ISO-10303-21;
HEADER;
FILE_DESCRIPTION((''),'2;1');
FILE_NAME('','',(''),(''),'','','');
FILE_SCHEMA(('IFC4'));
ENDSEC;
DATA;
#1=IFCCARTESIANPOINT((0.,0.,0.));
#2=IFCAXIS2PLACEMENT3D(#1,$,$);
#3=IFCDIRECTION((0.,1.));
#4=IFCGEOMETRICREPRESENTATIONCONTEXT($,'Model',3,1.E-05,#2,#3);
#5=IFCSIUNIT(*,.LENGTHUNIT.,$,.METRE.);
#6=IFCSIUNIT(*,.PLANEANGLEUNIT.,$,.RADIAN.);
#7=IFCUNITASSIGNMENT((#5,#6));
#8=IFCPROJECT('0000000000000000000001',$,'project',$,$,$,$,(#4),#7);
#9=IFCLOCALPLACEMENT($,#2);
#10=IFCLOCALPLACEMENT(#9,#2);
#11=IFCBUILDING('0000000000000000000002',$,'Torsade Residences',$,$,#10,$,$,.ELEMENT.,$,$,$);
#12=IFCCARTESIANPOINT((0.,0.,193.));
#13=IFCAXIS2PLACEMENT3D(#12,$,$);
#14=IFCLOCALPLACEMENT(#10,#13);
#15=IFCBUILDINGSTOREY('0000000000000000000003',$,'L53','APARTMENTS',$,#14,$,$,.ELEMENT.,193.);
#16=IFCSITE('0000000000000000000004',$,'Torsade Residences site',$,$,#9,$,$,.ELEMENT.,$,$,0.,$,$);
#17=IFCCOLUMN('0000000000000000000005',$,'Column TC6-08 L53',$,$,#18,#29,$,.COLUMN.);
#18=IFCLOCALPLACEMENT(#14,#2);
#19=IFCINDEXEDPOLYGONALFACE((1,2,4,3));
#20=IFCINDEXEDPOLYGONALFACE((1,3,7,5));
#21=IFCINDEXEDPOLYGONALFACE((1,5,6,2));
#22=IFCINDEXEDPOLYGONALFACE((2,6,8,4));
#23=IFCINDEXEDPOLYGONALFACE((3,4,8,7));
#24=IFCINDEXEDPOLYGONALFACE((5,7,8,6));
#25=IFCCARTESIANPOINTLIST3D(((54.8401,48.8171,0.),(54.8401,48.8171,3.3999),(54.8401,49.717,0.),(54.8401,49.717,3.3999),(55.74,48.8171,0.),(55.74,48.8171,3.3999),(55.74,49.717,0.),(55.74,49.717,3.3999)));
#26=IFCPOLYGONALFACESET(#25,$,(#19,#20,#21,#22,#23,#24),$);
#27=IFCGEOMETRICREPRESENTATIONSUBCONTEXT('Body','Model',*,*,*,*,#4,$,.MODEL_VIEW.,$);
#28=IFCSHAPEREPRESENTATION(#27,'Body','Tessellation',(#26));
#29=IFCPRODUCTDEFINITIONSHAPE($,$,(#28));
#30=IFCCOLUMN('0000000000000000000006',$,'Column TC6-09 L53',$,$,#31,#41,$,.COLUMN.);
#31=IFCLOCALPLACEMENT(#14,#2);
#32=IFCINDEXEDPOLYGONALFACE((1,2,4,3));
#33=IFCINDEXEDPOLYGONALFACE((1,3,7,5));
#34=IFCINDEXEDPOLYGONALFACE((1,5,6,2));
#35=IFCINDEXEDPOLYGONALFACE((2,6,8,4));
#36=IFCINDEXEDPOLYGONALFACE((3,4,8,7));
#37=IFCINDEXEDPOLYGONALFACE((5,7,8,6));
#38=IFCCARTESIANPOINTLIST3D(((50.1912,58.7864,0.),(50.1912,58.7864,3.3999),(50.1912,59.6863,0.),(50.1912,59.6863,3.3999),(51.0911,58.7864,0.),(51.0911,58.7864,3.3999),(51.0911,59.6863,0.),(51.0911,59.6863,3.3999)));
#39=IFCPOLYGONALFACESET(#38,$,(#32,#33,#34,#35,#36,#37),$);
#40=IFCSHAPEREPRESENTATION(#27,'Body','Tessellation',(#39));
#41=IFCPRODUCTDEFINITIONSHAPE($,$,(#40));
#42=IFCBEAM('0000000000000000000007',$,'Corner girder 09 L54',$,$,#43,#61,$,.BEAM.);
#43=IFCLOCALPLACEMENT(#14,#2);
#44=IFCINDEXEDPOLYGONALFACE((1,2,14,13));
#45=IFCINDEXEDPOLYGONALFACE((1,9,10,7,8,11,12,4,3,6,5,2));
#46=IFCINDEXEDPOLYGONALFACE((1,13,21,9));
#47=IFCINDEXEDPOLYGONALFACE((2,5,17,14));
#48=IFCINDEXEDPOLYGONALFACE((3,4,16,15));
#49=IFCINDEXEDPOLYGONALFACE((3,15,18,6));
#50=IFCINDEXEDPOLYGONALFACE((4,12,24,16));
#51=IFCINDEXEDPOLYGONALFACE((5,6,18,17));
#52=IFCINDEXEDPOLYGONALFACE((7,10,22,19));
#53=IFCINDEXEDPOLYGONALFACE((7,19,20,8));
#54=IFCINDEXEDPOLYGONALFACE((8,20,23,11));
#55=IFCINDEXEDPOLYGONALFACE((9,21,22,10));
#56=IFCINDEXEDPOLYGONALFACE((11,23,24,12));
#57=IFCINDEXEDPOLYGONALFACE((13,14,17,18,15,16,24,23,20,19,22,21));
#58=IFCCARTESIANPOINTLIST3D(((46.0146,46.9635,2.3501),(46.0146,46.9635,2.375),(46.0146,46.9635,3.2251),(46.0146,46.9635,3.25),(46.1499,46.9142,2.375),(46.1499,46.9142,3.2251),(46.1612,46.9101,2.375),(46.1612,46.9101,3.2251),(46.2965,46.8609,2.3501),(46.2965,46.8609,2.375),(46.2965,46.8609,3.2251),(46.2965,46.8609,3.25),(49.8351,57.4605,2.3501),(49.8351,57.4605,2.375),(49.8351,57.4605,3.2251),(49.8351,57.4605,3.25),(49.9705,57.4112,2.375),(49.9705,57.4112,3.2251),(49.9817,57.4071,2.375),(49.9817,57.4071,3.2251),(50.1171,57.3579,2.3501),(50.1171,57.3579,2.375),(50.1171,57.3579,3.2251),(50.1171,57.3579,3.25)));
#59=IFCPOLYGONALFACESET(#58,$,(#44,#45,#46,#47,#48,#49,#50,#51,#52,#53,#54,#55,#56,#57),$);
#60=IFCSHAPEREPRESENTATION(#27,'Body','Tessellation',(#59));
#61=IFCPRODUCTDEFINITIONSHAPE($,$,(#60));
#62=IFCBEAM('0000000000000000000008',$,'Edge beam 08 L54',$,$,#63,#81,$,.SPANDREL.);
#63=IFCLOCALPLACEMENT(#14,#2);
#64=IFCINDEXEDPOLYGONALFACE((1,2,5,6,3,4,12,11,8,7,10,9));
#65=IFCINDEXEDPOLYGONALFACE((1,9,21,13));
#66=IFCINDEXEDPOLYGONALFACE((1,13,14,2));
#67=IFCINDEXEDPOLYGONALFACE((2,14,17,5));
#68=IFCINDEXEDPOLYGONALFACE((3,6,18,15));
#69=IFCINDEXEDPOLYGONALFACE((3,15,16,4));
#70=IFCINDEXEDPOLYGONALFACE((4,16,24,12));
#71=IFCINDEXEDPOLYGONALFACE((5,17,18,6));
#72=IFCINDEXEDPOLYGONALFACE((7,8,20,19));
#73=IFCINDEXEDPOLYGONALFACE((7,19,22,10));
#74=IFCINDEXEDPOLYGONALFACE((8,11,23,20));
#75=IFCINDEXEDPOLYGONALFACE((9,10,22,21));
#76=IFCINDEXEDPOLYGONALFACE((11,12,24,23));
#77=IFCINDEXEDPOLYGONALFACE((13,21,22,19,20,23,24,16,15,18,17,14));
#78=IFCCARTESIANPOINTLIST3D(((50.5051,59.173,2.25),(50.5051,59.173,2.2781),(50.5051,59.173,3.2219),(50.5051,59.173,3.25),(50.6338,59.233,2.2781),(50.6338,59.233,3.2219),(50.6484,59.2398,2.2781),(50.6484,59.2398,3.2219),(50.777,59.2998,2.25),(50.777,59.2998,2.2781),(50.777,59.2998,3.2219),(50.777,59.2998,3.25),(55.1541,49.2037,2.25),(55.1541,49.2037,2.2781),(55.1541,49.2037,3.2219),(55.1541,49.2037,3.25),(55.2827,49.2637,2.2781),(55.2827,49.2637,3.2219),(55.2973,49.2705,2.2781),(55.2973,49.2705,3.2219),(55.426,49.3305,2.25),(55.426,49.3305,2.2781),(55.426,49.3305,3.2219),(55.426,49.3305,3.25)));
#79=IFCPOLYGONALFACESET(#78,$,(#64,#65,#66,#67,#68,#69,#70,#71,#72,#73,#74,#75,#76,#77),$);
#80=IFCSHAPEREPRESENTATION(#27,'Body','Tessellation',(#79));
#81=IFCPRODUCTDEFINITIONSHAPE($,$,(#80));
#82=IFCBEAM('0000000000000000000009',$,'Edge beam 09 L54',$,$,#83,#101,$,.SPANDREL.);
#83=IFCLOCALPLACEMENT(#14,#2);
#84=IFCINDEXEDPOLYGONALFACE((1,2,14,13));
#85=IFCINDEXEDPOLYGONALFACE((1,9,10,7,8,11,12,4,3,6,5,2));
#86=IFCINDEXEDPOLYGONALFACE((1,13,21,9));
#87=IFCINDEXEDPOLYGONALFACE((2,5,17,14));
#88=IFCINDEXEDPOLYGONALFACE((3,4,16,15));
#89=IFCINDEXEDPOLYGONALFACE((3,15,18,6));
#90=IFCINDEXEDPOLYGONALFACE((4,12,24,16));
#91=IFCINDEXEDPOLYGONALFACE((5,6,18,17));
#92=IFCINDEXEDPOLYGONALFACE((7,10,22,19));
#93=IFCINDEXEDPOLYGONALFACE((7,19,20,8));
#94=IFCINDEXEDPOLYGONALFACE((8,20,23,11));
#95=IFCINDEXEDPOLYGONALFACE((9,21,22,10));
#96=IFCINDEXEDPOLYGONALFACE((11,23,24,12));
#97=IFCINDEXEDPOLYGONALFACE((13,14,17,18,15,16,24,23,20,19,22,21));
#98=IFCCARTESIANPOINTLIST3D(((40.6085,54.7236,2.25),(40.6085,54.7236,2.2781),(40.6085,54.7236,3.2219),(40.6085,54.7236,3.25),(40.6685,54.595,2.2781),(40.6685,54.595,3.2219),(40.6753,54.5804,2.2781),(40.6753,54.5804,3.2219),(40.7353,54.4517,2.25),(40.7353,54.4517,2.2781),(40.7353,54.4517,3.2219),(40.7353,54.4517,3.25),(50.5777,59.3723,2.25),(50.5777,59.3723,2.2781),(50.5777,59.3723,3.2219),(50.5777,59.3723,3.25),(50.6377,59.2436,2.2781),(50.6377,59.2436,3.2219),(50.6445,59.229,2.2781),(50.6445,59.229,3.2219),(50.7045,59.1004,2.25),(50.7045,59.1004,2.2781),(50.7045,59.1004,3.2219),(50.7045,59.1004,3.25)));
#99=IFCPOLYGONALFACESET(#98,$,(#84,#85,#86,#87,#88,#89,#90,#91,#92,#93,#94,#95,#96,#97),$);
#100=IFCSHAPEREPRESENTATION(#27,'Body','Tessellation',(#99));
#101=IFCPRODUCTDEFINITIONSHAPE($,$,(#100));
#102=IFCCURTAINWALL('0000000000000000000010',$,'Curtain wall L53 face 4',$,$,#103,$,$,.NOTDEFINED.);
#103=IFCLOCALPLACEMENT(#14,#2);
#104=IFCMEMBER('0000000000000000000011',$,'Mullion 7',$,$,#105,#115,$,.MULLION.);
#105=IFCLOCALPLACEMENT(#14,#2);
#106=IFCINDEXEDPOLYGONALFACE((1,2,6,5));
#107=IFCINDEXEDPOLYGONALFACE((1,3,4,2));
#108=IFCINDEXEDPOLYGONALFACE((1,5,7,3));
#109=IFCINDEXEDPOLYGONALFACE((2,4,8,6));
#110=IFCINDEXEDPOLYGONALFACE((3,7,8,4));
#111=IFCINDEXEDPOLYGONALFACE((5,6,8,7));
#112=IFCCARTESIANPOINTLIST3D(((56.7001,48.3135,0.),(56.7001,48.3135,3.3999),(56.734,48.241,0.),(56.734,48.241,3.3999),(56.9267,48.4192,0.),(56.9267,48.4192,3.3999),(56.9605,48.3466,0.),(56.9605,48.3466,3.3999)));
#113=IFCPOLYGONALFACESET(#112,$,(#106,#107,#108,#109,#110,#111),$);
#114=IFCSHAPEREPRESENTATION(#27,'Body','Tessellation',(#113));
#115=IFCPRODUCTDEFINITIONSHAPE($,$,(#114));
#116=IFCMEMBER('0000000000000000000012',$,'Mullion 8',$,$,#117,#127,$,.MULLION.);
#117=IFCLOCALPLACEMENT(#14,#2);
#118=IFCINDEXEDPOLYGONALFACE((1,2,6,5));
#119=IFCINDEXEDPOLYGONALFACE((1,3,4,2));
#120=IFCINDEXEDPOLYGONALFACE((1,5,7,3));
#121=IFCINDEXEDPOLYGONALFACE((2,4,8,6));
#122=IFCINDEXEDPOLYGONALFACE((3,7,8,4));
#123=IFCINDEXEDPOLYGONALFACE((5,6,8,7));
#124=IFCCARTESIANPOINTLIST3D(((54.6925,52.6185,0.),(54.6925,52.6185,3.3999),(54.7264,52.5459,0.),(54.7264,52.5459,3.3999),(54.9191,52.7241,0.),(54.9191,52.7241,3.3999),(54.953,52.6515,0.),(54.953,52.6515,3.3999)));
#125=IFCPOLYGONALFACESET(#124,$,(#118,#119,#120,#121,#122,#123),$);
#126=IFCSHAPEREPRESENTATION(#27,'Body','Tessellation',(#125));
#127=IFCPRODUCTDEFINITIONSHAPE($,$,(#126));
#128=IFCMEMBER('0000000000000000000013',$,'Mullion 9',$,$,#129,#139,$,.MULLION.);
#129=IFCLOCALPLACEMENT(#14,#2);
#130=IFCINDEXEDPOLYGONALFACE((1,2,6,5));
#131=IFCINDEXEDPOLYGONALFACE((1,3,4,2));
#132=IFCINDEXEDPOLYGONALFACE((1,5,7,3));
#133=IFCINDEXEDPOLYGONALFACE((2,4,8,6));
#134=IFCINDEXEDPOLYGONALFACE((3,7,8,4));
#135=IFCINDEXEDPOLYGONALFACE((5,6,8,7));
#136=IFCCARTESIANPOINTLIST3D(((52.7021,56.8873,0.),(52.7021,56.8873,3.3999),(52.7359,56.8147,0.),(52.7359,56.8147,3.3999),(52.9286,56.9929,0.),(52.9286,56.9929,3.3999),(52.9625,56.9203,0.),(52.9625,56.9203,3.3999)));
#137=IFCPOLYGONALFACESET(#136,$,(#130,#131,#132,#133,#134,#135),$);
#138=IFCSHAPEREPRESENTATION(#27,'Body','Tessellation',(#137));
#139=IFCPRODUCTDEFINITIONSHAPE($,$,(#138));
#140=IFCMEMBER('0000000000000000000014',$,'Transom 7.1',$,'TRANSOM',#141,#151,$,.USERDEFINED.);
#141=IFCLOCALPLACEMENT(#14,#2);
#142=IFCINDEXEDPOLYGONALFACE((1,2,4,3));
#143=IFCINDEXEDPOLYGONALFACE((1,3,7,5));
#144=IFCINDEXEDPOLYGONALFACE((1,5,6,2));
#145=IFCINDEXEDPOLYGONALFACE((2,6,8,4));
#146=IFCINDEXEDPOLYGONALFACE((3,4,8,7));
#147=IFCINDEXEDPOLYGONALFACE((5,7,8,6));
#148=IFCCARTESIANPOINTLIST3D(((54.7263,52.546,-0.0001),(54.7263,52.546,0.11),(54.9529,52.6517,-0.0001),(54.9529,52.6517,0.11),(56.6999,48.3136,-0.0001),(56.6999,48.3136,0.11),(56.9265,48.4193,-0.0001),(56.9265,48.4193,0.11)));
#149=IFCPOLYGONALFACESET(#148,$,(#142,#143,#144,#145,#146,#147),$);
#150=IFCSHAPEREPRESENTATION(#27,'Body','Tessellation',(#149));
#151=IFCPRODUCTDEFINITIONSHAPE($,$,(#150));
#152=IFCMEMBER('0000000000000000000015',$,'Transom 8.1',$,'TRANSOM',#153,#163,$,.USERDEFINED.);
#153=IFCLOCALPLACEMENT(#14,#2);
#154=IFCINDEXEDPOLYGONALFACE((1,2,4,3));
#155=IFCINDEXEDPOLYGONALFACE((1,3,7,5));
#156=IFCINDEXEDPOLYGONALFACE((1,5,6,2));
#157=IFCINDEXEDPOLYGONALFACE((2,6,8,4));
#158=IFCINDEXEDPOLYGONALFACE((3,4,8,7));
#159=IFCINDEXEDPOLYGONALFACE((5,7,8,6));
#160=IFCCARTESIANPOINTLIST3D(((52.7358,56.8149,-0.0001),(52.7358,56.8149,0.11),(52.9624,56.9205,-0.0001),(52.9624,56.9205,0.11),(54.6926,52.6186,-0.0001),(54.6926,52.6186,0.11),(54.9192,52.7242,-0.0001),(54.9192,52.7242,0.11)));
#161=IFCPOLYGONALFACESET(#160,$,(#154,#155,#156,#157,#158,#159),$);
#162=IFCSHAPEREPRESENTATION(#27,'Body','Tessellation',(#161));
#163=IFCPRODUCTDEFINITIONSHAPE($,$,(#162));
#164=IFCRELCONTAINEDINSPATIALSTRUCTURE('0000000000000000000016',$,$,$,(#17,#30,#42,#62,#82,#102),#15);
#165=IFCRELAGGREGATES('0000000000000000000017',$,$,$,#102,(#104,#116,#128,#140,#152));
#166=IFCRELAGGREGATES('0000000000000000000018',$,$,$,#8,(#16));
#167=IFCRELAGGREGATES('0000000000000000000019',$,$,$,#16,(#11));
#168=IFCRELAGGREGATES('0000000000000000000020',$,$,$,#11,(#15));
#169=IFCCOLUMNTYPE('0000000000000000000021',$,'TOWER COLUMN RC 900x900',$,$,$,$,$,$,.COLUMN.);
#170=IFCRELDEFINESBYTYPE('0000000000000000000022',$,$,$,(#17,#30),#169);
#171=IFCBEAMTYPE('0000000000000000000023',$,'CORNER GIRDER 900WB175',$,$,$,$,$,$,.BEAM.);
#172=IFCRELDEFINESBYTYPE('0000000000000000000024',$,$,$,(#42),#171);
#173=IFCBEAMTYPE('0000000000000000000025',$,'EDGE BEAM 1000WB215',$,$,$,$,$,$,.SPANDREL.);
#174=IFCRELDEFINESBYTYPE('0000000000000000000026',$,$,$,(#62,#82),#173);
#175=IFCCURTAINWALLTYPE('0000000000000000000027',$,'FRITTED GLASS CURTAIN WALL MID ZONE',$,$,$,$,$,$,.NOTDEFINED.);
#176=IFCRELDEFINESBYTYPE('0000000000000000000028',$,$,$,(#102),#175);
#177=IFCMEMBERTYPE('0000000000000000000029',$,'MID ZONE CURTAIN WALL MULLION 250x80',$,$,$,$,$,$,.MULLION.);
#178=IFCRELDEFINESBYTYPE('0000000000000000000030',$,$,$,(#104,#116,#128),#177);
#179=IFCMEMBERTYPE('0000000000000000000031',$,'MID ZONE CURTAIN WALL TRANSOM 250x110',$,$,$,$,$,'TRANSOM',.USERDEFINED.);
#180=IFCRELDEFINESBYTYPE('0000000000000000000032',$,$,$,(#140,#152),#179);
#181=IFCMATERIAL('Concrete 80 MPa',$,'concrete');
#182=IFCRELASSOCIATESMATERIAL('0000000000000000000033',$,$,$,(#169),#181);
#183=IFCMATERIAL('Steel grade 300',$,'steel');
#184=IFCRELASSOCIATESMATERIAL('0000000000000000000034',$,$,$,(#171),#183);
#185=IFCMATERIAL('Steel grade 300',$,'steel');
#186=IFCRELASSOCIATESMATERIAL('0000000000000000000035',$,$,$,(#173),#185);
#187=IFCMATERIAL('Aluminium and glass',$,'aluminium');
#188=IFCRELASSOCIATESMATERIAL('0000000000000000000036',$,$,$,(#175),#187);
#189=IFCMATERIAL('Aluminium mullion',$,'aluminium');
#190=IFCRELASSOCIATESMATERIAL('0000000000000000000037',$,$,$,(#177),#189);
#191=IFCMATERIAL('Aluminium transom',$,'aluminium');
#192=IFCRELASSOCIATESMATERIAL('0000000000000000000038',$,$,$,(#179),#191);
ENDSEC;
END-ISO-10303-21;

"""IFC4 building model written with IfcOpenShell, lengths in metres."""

from ifc_helpers import new_model, si_unit, direction, frame, origin, origin_2d, place, context, subcontext, project, spatial, rectangle, i_section, extrude, material, material_profile, profile_set, type_object, element, aggregate, save


model = new_model("IFC4")

# Units and contexts
model_context = context("Model", 3, precision=1e-05, world=origin(), true_north=direction((0.0, 1.0)))
body_context = subcontext(model_context, "Body", "Model", "MODEL_VIEW")
ifc_project = project(units=[si_unit("LENGTHUNIT", "METRE"), si_unit("PLANEANGLEUNIT", "RADIAN")], contexts=[model_context])

# Site, building, storey
site_placement = place(None, origin())
site = spatial("IfcSite", under=ifc_project, at=site_placement, Name="Torsade Residences site", CompositionType="ELEMENT", RefElevation=0.0)
building_placement = place(site_placement, origin())
building = spatial("IfcBuilding", under=site, at=building_placement, Name="Torsade Residences", CompositionType="ELEMENT")
storey_placement = place(building_placement, frame((0.0, 0.0, 193.0)))
storey = spatial("IfcBuildingStorey", under=building, at=storey_placement, Name="L53", Description="APARTMENTS", CompositionType="ELEMENT", Elevation=193.0)

# Columns
ifc_material_1 = material(Name="Concrete 80 MPa", Category="concrete")
ifc_material_profile_1 = material_profile(ifc_material_1, rectangle(XDim=0.8999, YDim=0.8999, at=origin_2d()), Name="RC 900x900")
ifc_profile_set_1 = profile_set([ifc_material_profile_1], Name="Concrete 80 MPa")
column_type = type_object("IfcColumnType", Name="TOWER COLUMN RC 900x900", PredefinedType="COLUMN", material=ifc_profile_set_1)
for number, where, z_axis, x_axis, name in (
    (1, (55.29, 49.2671, 0.0), (0.0, 0.0, 1.0), (1.0, 0.0, 0.0), "Column TC6-08 L53"),
    (2, (50.6411, 59.2363, 0.0), (0.0, 0.0, 1.0), (1.0, 0.0, 0.0), "Column TC6-09 L53"),
):
    element("IfcColumn", number, at=place(storey_placement, frame(where, z_axis=z_axis, x_axis=x_axis)), inside=storey, type_object=column_type, Name=name, PredefinedType="COLUMN", context=body_context, shape_type="SweptSolid", body=[
        extrude(rectangle(XDim=0.8999, YDim=0.8999, at=origin_2d()), origin(), (0.0, 0.0, 1.0), 3.3999),
    ])

# Beams
ifc_material_2 = material(Name="Steel grade 300", Category="steel")
ifc_material_profile_2 = material_profile(ifc_material_2, i_section(OverallWidth=0.3, OverallDepth=0.8999, WebThickness=0.012, FlangeThickness=0.0249, at=origin_2d()), Name="900WB175")
ifc_profile_set_2 = profile_set([ifc_material_profile_2], Name="Steel grade 300")
beam_type_1 = type_object("IfcBeamType", Name="CORNER GIRDER 900WB175", PredefinedType="BEAM", material=ifc_profile_set_2)
beam_1_placement = place(storey_placement, frame((49.9761, 57.4092, 2.8), z_axis=(-0.342015, -0.939694, 0.0), x_axis=(0.939694, -0.342015, 0.0)))
element("IfcBeam", 3, at=beam_1_placement, inside=storey, type_object=beam_type_1, Name="Corner girder 09 L54", PredefinedType="BEAM", context=body_context, shape_type="SweptSolid", body=[
    extrude(i_section(OverallWidth=0.3, OverallDepth=0.8999, WebThickness=0.012, FlangeThickness=0.0249, at=origin_2d()), origin(), (0.0, 0.0, 1.0), 11.1707),
])
ifc_material_3 = material(Name="Steel grade 300", Category="steel")
ifc_material_profile_3 = material_profile(ifc_material_3, i_section(OverallWidth=0.3, OverallDepth=1.0, WebThickness=0.0161, FlangeThickness=0.0281, at=origin_2d()), Name="1000WB215")
ifc_profile_set_3 = profile_set([ifc_material_profile_3], Name="Steel grade 300")
beam_type_2 = type_object("IfcBeamType", Name="EDGE BEAM 1000WB215", PredefinedType="SPANDREL", material=ifc_profile_set_3)
beam_2_placement = place(storey_placement, frame((55.29, 49.2671, 2.75), z_axis=(-0.422633, 0.906301, 0.0), x_axis=(-0.906301, -0.422633, 0.0)))
element("IfcBeam", 4, at=beam_2_placement, inside=storey, type_object=beam_type_2, Name="Edge beam 08 L54", PredefinedType="SPANDREL", context=body_context, shape_type="SweptSolid", body=[
    extrude(i_section(OverallWidth=0.3, OverallDepth=1.0, WebThickness=0.0161, FlangeThickness=0.0281, at=origin_2d()), origin(), (0.0, 0.0, 1.0), 11.0),
])
beam_3_placement = place(storey_placement, frame((50.6411, 59.2363, 2.75), z_axis=(-0.90631, -0.422614, 0.0), x_axis=(0.422614, -0.90631, 0.0)))
element("IfcBeam", 5, at=beam_3_placement, inside=storey, type_object=beam_type_2, Name="Edge beam 09 L54", PredefinedType="SPANDREL", context=body_context, shape_type="SweptSolid", body=[
    extrude(i_section(OverallWidth=0.3, OverallDepth=1.0, WebThickness=0.0161, FlangeThickness=0.0281, at=origin_2d()), origin(), (0.0, 0.0, 1.0), 10.9998),
])

# Curtain wall, members
ifc_material_4 = material(Name="Aluminium and glass", Category="aluminium")
curtain_wall_type = type_object("IfcCurtainWallType", Name="FRITTED GLASS CURTAIN WALL MID ZONE", PredefinedType="NOTDEFINED", material=ifc_material_4)
curtain_wall_placement = place(storey_placement, origin())
curtain_wall = element("IfcCurtainWall", 6, at=curtain_wall_placement, inside=storey, type_object=curtain_wall_type, Name="Curtain wall L53 face 4", PredefinedType="NOTDEFINED")
ifc_material_5 = material(Name="Aluminium mullion", Category="aluminium")
ifc_material_profile_4 = material_profile(ifc_material_5, rectangle(XDim=0.25, YDim=0.0801, at=origin_2d()), Name="MID ZONE CURTAIN WALL MULLION 250x80")
ifc_profile_set_4 = profile_set([ifc_material_profile_4], Name="Aluminium mullion")
member_type_1 = type_object("IfcMemberType", Name="MID ZONE CURTAIN WALL MULLION 250x80", PredefinedType="MULLION", material=ifc_profile_set_4)
member_1_placement = place(storey_placement, frame((56.8303, 48.3301, 0.0), z_axis=(0.0, 0.0, 1.0), x_axis=(-0.906308, -0.422618, 0.0)))
member_1 = element("IfcMember", 7, at=member_1_placement, type_object=member_type_1, Name="Mullion 7", PredefinedType="MULLION", context=body_context, shape_type="SweptSolid", body=[
    extrude(rectangle(XDim=0.25, YDim=0.0801, at=origin_2d()), origin(), (0.0, 0.0, 1.0), 3.3999),
])
member_2_placement = place(storey_placement, frame((54.8228, 52.635, 0.0), z_axis=(0.0, 0.0, 1.0), x_axis=(-0.906308, -0.422618, 0.0)))
member_2 = element("IfcMember", 8, at=member_2_placement, type_object=member_type_1, Name="Mullion 8", PredefinedType="MULLION", context=body_context, shape_type="SweptSolid", body=[
    extrude(rectangle(XDim=0.25, YDim=0.0801, at=origin_2d()), origin(), (0.0, 0.0, 1.0), 3.3999),
])
member_3_placement = place(storey_placement, frame((52.8323, 56.9038, 0.0), z_axis=(0.0, 0.0, 1.0), x_axis=(-0.906308, -0.422618, 0.0)))
member_3 = element("IfcMember", 9, at=member_3_placement, type_object=member_type_1, Name="Mullion 9", PredefinedType="MULLION", context=body_context, shape_type="SweptSolid", body=[
    extrude(rectangle(XDim=0.25, YDim=0.0801, at=origin_2d()), origin(), (0.0, 0.0, 1.0), 3.3999),
])
ifc_material_6 = material(Name="Aluminium transom", Category="aluminium")
ifc_material_profile_5 = material_profile(ifc_material_6, rectangle(XDim=0.25, YDim=0.1101, at=origin_2d()), Name="MID ZONE CURTAIN WALL TRANSOM 250x110")
ifc_profile_set_5 = profile_set([ifc_material_profile_5], Name="Aluminium transom")
member_type_2 = type_object("IfcMemberType", Name="MID ZONE CURTAIN WALL TRANSOM 250x110", ElementType="TRANSOM", PredefinedType="USERDEFINED", material=ifc_profile_set_5)
member_4_placement = place(storey_placement, frame((56.8132, 48.3665, 0.0549), z_axis=(-0.422622, 0.906306, 0.0), x_axis=(-0.906306, -0.422622, 0.0)))
member_4 = element("IfcMember", 10, at=member_4_placement, type_object=member_type_2, Name="Transom 7.1", ObjectType="TRANSOM", PredefinedType="USERDEFINED", context=body_context, shape_type="SweptSolid", body=[
    extrude(rectangle(XDim=0.25, YDim=0.1101, at=origin_2d()), origin(), (0.0, 0.0, 1.0), 4.6699),
])
member_5_placement = place(storey_placement, frame((54.8059, 52.6714, 0.0549), z_axis=(-0.422623, 0.906306, 0.0), x_axis=(-0.906306, -0.422623, 0.0)))
member_5 = element("IfcMember", 11, at=member_5_placement, type_object=member_type_2, Name="Transom 8.1", ObjectType="TRANSOM", PredefinedType="USERDEFINED", context=body_context, shape_type="SweptSolid", body=[
    extrude(rectangle(XDim=0.25, YDim=0.1101, at=origin_2d()), origin(), (0.0, 0.0, 1.0), 4.6301),
])

aggregate(curtain_wall, [member_1, member_2, member_3, member_4, member_5])

save(model, "model.ifc")
